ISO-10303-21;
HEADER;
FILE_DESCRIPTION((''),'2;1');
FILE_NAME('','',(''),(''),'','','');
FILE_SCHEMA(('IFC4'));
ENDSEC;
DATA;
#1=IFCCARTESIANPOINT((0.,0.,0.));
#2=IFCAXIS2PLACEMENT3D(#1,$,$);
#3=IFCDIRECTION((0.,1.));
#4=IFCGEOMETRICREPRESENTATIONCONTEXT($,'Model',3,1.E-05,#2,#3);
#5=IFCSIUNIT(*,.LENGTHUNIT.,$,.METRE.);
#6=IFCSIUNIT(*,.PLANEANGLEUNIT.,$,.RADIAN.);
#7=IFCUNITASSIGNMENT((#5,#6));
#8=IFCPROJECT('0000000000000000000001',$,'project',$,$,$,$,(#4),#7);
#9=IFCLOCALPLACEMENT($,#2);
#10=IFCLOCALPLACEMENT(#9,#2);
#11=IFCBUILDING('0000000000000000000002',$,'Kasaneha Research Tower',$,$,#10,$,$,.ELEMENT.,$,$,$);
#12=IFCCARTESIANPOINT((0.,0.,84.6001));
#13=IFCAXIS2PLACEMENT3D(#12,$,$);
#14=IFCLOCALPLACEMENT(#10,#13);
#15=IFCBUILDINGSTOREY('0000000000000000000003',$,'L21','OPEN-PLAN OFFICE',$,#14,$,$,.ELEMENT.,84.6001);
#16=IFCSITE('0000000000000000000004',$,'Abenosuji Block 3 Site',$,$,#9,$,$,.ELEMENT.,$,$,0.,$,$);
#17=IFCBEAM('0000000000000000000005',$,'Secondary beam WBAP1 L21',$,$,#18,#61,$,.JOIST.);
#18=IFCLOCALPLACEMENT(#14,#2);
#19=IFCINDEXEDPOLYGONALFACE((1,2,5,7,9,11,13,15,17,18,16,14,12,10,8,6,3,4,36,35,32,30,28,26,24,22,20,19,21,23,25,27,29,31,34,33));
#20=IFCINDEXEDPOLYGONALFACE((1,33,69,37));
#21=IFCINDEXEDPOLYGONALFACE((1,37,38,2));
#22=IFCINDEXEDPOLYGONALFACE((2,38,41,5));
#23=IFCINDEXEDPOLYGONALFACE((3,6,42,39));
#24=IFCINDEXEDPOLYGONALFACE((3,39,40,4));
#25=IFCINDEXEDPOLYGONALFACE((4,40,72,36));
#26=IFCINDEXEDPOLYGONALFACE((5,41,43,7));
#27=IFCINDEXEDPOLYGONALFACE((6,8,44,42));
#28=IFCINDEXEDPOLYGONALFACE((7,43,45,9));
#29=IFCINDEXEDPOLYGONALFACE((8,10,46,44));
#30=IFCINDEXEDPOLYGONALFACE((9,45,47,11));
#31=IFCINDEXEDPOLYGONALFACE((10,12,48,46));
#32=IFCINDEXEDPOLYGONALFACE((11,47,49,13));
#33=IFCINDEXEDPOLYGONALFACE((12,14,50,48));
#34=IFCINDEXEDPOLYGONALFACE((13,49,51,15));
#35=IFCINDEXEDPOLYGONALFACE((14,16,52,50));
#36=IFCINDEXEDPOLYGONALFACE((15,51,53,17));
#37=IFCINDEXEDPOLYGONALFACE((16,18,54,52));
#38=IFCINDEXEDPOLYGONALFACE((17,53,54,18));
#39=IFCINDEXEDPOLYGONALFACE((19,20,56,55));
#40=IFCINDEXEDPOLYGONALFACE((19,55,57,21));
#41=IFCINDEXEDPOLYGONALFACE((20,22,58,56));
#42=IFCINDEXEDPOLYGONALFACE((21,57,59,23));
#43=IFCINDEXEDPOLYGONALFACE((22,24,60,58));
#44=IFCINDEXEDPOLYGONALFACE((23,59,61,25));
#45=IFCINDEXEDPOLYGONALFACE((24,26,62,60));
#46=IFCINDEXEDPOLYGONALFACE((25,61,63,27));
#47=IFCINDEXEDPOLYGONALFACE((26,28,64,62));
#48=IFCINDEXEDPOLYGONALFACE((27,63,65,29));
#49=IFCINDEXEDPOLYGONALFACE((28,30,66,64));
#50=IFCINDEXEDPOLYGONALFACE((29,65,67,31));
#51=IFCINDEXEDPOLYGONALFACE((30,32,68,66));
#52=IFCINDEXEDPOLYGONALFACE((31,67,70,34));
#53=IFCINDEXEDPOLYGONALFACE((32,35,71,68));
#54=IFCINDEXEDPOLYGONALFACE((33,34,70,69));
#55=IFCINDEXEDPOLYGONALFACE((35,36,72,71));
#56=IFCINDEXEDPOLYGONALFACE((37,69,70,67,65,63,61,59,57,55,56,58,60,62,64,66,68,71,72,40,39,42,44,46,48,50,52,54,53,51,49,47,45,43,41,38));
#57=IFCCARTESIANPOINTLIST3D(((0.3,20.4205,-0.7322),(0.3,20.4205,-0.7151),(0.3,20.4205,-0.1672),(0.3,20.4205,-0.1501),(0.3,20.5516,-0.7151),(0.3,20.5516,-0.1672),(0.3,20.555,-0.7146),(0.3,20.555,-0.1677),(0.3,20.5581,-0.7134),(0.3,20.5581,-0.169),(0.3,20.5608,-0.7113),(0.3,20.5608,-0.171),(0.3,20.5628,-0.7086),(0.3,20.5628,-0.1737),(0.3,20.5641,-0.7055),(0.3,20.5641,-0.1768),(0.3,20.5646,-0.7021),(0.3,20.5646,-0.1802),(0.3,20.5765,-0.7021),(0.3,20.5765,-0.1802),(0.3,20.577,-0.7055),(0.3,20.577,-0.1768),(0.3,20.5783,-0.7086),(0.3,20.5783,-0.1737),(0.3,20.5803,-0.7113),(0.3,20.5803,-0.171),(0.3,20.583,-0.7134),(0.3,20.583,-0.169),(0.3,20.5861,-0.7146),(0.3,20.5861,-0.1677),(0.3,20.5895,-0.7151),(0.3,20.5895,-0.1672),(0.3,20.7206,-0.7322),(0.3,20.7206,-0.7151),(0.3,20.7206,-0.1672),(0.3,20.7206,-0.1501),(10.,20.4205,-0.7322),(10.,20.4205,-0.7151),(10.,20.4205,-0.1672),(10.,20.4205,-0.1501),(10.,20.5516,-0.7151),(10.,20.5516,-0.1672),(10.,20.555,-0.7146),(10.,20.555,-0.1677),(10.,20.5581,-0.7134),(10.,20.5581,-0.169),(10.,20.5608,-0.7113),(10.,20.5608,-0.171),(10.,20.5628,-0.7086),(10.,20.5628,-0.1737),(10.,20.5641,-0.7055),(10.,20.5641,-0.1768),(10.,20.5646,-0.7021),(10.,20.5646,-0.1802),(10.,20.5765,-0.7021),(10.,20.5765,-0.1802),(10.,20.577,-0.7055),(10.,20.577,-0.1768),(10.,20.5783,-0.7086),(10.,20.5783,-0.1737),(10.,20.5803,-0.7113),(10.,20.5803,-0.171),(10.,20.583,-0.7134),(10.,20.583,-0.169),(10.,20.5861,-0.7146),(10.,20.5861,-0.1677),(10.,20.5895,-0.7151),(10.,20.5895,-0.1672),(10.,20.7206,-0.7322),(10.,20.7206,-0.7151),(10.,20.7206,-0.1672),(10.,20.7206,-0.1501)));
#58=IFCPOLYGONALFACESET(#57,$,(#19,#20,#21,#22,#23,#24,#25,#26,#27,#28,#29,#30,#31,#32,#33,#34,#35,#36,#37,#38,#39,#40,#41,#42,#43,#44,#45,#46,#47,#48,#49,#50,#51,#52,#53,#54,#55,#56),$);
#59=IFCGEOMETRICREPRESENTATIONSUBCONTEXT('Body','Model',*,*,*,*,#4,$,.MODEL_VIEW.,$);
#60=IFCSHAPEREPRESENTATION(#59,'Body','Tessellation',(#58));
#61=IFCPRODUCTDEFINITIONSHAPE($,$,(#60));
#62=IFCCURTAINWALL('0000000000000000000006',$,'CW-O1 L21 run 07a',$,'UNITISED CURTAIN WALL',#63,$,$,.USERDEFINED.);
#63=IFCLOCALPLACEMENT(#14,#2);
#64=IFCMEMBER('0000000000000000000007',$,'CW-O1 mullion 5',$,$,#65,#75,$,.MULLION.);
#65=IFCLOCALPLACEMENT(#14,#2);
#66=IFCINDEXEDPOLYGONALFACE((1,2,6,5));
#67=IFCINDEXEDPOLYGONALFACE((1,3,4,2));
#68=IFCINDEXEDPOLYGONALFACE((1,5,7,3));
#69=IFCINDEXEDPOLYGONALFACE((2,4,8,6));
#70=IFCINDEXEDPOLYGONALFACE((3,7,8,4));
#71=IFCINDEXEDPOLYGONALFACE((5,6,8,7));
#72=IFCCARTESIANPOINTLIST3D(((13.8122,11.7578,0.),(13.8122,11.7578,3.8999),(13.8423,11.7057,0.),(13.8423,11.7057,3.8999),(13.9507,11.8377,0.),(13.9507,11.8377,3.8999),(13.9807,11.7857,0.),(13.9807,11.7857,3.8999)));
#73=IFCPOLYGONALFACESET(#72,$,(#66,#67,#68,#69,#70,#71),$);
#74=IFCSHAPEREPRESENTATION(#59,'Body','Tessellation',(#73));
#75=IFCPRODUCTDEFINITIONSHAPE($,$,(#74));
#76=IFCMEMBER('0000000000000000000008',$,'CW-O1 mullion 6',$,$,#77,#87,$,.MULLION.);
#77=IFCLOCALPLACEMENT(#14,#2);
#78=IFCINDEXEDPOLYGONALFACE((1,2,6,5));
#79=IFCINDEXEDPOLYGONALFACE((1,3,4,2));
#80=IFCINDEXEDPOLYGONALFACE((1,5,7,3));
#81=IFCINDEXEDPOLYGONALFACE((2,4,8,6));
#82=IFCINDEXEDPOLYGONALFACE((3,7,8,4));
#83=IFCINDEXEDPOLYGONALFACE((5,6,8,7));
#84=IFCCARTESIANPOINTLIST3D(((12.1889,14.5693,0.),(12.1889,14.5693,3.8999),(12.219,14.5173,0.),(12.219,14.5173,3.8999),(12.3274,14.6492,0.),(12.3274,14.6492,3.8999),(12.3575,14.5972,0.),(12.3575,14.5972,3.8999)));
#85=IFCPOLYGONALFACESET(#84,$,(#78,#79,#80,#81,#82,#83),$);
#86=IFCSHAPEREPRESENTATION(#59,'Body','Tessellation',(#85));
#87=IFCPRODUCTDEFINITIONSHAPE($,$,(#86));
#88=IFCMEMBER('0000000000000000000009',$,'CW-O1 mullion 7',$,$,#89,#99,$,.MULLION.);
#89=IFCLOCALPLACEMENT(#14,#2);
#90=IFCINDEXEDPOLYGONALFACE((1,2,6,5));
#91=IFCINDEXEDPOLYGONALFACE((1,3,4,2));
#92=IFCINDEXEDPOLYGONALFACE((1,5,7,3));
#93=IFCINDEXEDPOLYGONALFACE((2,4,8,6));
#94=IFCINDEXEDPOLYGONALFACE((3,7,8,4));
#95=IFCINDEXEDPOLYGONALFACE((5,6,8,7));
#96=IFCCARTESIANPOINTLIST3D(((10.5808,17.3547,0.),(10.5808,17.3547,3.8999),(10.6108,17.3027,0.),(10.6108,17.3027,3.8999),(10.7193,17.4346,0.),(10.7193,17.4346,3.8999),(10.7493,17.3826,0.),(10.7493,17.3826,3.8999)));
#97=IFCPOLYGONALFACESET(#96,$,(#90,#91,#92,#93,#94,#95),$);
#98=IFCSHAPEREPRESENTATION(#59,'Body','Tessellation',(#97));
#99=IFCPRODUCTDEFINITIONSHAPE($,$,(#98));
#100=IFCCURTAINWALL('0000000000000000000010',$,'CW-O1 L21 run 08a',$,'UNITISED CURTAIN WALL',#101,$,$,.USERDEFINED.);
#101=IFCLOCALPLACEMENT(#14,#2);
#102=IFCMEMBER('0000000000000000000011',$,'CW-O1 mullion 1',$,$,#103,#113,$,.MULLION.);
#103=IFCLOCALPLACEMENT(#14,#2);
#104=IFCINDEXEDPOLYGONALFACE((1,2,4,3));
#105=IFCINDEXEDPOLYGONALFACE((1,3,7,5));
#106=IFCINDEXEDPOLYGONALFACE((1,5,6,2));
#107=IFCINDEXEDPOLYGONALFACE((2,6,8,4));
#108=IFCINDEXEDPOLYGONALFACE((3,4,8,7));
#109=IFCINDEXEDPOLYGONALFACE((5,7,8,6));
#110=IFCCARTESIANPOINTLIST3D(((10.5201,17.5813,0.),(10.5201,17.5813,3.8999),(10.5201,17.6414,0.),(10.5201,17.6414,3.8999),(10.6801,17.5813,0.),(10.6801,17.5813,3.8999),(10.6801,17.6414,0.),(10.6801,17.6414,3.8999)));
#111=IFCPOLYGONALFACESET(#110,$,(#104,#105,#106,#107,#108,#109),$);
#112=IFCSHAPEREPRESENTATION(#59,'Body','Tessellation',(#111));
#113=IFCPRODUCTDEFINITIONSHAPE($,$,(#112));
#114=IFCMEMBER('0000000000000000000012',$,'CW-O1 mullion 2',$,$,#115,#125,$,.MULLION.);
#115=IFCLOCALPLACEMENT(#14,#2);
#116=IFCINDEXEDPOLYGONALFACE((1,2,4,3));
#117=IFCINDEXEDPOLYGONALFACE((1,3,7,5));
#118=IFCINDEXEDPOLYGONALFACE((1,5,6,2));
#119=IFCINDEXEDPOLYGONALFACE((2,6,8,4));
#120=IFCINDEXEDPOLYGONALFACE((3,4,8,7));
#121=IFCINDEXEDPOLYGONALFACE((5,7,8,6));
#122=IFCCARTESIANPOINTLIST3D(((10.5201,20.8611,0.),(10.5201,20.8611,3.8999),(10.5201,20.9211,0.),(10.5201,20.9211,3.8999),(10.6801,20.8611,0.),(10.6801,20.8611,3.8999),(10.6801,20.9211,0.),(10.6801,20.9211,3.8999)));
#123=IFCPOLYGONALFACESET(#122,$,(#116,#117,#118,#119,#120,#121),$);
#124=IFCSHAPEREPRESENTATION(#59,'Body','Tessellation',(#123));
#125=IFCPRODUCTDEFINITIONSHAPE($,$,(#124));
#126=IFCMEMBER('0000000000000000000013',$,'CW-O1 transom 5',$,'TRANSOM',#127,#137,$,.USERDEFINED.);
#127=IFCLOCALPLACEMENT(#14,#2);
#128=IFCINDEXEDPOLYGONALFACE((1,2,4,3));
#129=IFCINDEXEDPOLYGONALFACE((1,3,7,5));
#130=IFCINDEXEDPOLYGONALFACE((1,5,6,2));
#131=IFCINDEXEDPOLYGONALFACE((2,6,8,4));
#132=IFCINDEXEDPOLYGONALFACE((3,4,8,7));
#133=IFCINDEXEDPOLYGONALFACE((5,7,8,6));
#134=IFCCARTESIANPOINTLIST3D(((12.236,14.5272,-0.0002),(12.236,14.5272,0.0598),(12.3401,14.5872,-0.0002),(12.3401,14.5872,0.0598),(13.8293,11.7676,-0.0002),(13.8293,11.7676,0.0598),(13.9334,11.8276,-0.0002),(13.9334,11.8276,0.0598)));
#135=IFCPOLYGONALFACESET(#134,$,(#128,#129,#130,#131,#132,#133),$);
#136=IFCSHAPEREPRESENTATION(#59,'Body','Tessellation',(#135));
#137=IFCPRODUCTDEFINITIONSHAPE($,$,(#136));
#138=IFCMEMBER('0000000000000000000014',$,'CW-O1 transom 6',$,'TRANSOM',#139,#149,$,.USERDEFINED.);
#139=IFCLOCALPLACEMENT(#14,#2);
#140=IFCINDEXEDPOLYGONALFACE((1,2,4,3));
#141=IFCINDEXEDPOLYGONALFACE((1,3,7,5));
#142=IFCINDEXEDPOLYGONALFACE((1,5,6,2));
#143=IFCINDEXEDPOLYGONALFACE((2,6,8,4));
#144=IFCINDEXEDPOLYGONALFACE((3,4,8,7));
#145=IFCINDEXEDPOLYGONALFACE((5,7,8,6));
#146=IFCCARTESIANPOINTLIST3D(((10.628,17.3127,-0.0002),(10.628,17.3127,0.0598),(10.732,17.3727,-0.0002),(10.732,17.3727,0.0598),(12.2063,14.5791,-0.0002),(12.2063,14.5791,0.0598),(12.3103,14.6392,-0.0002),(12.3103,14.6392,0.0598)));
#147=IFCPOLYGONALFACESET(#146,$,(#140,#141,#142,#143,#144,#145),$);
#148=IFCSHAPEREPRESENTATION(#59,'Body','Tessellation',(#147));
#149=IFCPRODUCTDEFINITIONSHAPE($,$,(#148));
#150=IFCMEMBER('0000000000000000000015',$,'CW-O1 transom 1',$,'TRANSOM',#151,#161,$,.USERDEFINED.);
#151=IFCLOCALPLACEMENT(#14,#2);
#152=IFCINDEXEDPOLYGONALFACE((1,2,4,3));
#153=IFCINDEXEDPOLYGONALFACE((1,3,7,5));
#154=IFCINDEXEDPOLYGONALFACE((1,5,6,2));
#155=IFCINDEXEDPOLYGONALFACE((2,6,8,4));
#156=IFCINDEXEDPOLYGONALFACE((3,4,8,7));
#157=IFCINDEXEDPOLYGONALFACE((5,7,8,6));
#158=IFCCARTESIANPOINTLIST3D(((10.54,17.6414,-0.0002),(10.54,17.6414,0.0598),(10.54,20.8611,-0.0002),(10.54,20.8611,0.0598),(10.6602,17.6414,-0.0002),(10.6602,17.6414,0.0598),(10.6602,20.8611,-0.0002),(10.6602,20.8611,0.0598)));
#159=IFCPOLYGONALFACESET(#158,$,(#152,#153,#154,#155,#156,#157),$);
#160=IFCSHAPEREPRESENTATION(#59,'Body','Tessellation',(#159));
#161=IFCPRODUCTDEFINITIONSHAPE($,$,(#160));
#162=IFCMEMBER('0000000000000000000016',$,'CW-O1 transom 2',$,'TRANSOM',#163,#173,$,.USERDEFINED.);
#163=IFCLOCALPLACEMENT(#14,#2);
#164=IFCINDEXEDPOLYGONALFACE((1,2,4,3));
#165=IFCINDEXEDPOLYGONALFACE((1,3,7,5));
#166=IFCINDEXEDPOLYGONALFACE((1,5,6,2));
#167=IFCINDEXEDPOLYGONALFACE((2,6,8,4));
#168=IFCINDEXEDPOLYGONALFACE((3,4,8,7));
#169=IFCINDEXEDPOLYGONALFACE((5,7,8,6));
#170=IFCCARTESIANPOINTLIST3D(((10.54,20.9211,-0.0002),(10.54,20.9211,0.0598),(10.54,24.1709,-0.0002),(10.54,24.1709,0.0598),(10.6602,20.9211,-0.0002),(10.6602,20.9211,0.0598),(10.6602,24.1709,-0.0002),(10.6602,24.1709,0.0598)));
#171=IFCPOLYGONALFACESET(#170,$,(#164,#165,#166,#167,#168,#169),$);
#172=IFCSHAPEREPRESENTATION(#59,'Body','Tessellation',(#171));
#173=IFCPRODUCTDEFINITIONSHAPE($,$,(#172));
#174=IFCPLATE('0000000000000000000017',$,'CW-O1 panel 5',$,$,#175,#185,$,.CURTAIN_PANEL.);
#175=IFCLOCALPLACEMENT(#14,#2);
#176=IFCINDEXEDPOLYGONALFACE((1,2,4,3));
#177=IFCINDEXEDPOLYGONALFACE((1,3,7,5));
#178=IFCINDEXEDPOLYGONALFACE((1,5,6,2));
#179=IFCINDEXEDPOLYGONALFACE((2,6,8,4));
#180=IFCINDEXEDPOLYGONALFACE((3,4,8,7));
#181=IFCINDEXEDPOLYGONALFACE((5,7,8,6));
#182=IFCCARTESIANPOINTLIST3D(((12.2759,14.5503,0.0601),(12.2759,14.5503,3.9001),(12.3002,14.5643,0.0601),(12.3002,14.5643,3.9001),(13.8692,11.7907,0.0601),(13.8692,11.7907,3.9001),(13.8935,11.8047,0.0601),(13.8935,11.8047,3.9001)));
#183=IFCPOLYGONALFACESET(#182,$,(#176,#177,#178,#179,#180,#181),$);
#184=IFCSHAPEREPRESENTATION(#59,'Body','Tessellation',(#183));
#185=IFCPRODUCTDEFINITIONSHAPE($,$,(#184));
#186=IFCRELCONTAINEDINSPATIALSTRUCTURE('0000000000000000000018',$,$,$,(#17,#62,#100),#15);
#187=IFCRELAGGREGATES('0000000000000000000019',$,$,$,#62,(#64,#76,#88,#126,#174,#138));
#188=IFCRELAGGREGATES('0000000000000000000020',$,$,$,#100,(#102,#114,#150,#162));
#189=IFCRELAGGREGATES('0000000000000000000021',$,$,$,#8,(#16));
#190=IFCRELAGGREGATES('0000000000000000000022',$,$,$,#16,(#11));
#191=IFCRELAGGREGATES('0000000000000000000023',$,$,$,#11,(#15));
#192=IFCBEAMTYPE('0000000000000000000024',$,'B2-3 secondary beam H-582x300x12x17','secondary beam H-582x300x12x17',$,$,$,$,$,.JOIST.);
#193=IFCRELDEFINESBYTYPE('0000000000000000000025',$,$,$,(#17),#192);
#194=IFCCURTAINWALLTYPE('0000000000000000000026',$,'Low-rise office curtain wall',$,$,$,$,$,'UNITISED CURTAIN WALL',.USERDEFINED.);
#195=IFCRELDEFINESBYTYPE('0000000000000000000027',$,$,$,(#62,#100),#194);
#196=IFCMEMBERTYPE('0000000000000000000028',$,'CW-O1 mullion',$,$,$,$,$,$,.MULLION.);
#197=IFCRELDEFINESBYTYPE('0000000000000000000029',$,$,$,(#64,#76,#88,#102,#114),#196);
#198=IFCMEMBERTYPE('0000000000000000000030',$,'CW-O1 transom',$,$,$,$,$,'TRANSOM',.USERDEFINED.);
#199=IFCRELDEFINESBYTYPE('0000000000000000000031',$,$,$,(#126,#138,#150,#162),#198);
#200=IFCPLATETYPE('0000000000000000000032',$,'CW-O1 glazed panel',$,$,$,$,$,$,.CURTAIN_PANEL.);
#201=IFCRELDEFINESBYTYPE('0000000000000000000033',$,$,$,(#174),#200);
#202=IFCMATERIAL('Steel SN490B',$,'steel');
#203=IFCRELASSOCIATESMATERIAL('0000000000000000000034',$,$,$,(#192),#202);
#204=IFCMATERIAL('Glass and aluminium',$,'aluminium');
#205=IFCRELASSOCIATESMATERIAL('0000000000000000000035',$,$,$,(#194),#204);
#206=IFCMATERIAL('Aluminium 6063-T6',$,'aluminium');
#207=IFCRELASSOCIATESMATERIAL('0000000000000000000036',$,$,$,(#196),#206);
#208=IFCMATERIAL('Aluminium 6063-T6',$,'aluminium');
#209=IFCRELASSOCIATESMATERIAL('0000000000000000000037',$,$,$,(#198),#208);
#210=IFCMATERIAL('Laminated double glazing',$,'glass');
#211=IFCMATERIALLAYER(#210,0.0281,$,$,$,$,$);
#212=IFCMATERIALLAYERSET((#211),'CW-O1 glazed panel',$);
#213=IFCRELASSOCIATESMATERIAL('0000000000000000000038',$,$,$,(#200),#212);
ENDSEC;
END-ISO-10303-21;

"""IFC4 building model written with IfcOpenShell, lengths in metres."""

from ifc_helpers import new_model, si_unit, direction, frame, origin, origin_2d, place, context, subcontext, project, spatial, rectangle, i_section, extrude, material, layer, layer_set, material_profile, profile_set, type_object, element, aggregate, save


model = new_model("IFC4")

# Units and contexts
model_context = context("Model", 3, precision=1e-05, world=origin(), true_north=direction((0.0, 1.0)))
body_context = subcontext(model_context, "Body", "Model", "MODEL_VIEW")
ifc_project = project(units=[si_unit("LENGTHUNIT", "METRE"), si_unit("PLANEANGLEUNIT", "RADIAN")], contexts=[model_context])

# Site, building, storey
site_placement = place(None, origin())
site = spatial("IfcSite", under=ifc_project, at=site_placement, Name="Abenosuji Block 3 Site", CompositionType="ELEMENT", RefElevation=0.0)
building_placement = place(site_placement, origin())
building = spatial("IfcBuilding", under=site, at=building_placement, Name="Kasaneha Research Tower", CompositionType="ELEMENT")
storey_placement = place(building_placement, frame((0.0, 0.0, 84.6001)))
storey = spatial("IfcBuildingStorey", under=building, at=storey_placement, Name="L21", Description="OPEN-PLAN OFFICE", CompositionType="ELEMENT", Elevation=84.6001)

# Beam
ifc_material_1 = material(Name="Steel SN490B", Category="steel")
ifc_material_profile_1 = material_profile(ifc_material_1, i_section(OverallWidth=0.3, OverallDepth=0.582, WebThickness=0.012, FlangeThickness=0.0171, FilletRadius=0.0129, at=origin_2d()), Name="H-582x300x12x17")
ifc_profile_set_1 = profile_set([ifc_material_profile_1], Name="Steel SN490B")
beam_type = type_object("IfcBeamType", Name="B2-3 secondary beam H-582x300x12x17", Description="secondary beam H-582x300x12x17", PredefinedType="JOIST", material=ifc_profile_set_1)
beam_placement = place(storey_placement, frame((10.0, 20.5706, -0.4412), z_axis=(-1.0, 0.0, 0.0), x_axis=(0.0, -1.0, 0.0)))
element("IfcBeam", 1, at=beam_placement, inside=storey, type_object=beam_type, Name="Secondary beam WBAP1 L21", PredefinedType="JOIST", context=body_context, shape_type="SweptSolid", body=[
    extrude(i_section(OverallWidth=0.3, OverallDepth=0.582, WebThickness=0.012, FlangeThickness=0.0171, FilletRadius=0.0129, at=origin_2d()), origin(), (0.0, 0.0, 1.0), 9.7),
])

# Curtain walls, members
ifc_material_2 = material(Name="Glass and aluminium", Category="aluminium")
curtain_wall_type = type_object("IfcCurtainWallType", Name="Low-rise office curtain wall", ElementType="UNITISED CURTAIN WALL", PredefinedType="USERDEFINED", material=ifc_material_2)
curtain_wall_1_placement = place(storey_placement, origin())
curtain_wall_1 = element("IfcCurtainWall", 2, at=curtain_wall_1_placement, inside=storey, type_object=curtain_wall_type, Name="CW-O1 L21 run 07a", ObjectType="UNITISED CURTAIN WALL", PredefinedType="USERDEFINED")
ifc_material_3 = material(Name="Aluminium 6063-T6", Category="aluminium")
ifc_material_profile_2 = material_profile(ifc_material_3, rectangle(XDim=0.0601, YDim=0.1599, at=origin_2d()), Name="CW-O1 mullion 60x160")
ifc_profile_set_2 = profile_set([ifc_material_profile_2], Name="Aluminium 6063-T6")
member_type_1 = type_object("IfcMemberType", Name="CW-O1 mullion", PredefinedType="MULLION", material=ifc_profile_set_2)
member_1_placement = place(storey_placement, frame((13.8965, 11.7717, 0.0), z_axis=(0.0, 0.0, 1.0), x_axis=(-0.5, 0.866025, 0.0)))
member_1 = element("IfcMember", 3, at=member_1_placement, type_object=member_type_1, Name="CW-O1 mullion 5", PredefinedType="MULLION", context=body_context, shape_type="SweptSolid", body=[
    extrude(rectangle(XDim=0.0601, YDim=0.1599, at=origin_2d()), origin(), (0.0, 0.0, 1.0), 3.8999),
])
member_2_placement = place(storey_placement, frame((12.2732, 14.5833, 0.0), z_axis=(0.0, 0.0, 1.0), x_axis=(-0.5, 0.866025, 0.0)))
member_2 = element("IfcMember", 4, at=member_2_placement, type_object=member_type_1, Name="CW-O1 mullion 6", PredefinedType="MULLION", context=body_context, shape_type="SweptSolid", body=[
    extrude(rectangle(XDim=0.0601, YDim=0.1599, at=origin_2d()), origin(), (0.0, 0.0, 1.0), 3.8999),
])
member_3_placement = place(storey_placement, frame((10.665, 17.3687, 0.0), z_axis=(0.0, 0.0, 1.0), x_axis=(-0.5, 0.866025, 0.0)))
member_3 = element("IfcMember", 5, at=member_3_placement, type_object=member_type_1, Name="CW-O1 mullion 7", PredefinedType="MULLION", context=body_context, shape_type="SweptSolid", body=[
    extrude(rectangle(XDim=0.0601, YDim=0.1599, at=origin_2d()), origin(), (0.0, 0.0, 1.0), 3.8999),
])
curtain_wall_2_placement = place(storey_placement, origin())
curtain_wall_2 = element("IfcCurtainWall", 6, at=curtain_wall_2_placement, inside=storey, type_object=curtain_wall_type, Name="CW-O1 L21 run 08a", ObjectType="UNITISED CURTAIN WALL", PredefinedType="USERDEFINED")
member_4_placement = place(storey_placement, frame((10.6001, 17.6113, 0.0), z_axis=(0.0, 0.0, 1.0), x_axis=(0.0, 1.0, 0.0)))
member_4 = element("IfcMember", 7, at=member_4_placement, type_object=member_type_1, Name="CW-O1 mullion 1", PredefinedType="MULLION", context=body_context, shape_type="SweptSolid", body=[
    extrude(rectangle(XDim=0.0601, YDim=0.1599, at=origin_2d()), origin(), (0.0, 0.0, 1.0), 3.8999),
])
member_5_placement = place(storey_placement, frame((10.6001, 20.8911, 0.0), z_axis=(0.0, 0.0, 1.0), x_axis=(0.0, 1.0, 0.0)))
member_5 = element("IfcMember", 8, at=member_5_placement, type_object=member_type_1, Name="CW-O1 mullion 2", PredefinedType="MULLION", context=body_context, shape_type="SweptSolid", body=[
    extrude(rectangle(XDim=0.0601, YDim=0.1599, at=origin_2d()), origin(), (0.0, 0.0, 1.0), 3.8999),
])

# Members
ifc_material_4 = material(Name="Aluminium 6063-T6", Category="aluminium")
ifc_material_profile_3 = material_profile(ifc_material_4, rectangle(XDim=0.1201, YDim=0.0601, at=origin_2d()), Name="CW-O1 transom 120x60")
ifc_profile_set_3 = profile_set([ifc_material_profile_3], Name="Aluminium 6063-T6")
member_type_2 = type_object("IfcMemberType", Name="CW-O1 transom", ElementType="TRANSOM", PredefinedType="USERDEFINED", material=ifc_profile_set_3)
member_6_placement = place(storey_placement, frame((13.8813, 11.7976, 0.0298), z_axis=(-0.500012, 0.866018, 0.0), x_axis=(-0.866018, -0.500012, 0.0)))
member_6 = element("IfcMember", 9, at=member_6_placement, type_object=member_type_2, Name="CW-O1 transom 5", ObjectType="TRANSOM", PredefinedType="USERDEFINED", context=body_context, shape_type="SweptSolid", body=[
    extrude(rectangle(XDim=0.1201, YDim=0.0601, at=origin_2d()), origin(), (0.0, 0.0, 1.0), 3.1865),
])
member_7_placement = place(storey_placement, frame((12.2583, 14.6091, 0.0298), z_axis=(-0.500024, 0.866012, 0.0), x_axis=(-0.866012, -0.500024, 0.0)))
member_7 = element("IfcMember", 10, at=member_7_placement, type_object=member_type_2, Name="CW-O1 transom 6", ObjectType="TRANSOM", PredefinedType="USERDEFINED", context=body_context, shape_type="SweptSolid", body=[
    extrude(rectangle(XDim=0.1201, YDim=0.0601, at=origin_2d()), origin(), (0.0, 0.0, 1.0), 3.1565),
])
member_8_placement = place(storey_placement, frame((10.6001, 17.6414, 0.0298), z_axis=(0.0, 1.0, 0.0), x_axis=(-1.0, 0.0, 0.0)))
member_8 = element("IfcMember", 11, at=member_8_placement, type_object=member_type_2, Name="CW-O1 transom 1", ObjectType="TRANSOM", PredefinedType="USERDEFINED", context=body_context, shape_type="SweptSolid", body=[
    extrude(rectangle(XDim=0.1201, YDim=0.0601, at=origin_2d()), origin(), (0.0, 0.0, 1.0), 3.2197),
])
member_9_placement = place(storey_placement, frame((10.6001, 20.9211, 0.0298), z_axis=(0.0, 1.0, 0.0), x_axis=(-1.0, 0.0, 0.0)))
member_9 = element("IfcMember", 12, at=member_9_placement, type_object=member_type_2, Name="CW-O1 transom 2", ObjectType="TRANSOM", PredefinedType="USERDEFINED", context=body_context, shape_type="SweptSolid", body=[
    extrude(rectangle(XDim=0.1201, YDim=0.0601, at=origin_2d()), origin(), (0.0, 0.0, 1.0), 3.2498),
])

# Plate
ifc_material_5 = material(Name="Laminated double glazing", Category="glass")
ifc_layer_1 = layer(ifc_material_5, 0.0281)
ifc_layer_set_1 = layer_set([ifc_layer_1], Name="CW-O1 glazed panel")
plate_type = type_object("IfcPlateType", Name="CW-O1 glazed panel", PredefinedType="CURTAIN_PANEL", material=ifc_layer_set_1)
plate_1_placement = place(storey_placement, frame((13.0847, 13.1775, 0.0601), z_axis=(0.0, 0.0, 1.0), x_axis=(-0.5, 0.866025, 0.0)))
plate_1 = element("IfcPlate", 13, at=plate_1_placement, type_object=plate_type, Name="CW-O1 panel 5", PredefinedType="CURTAIN_PANEL", context=body_context, shape_type="SweptSolid", body=[
    extrude(rectangle(XDim=3.1865, YDim=0.0281, at=origin_2d()), origin(), (0.0, 0.0, 1.0), 3.8401),
])
aggregate(curtain_wall_1, [member_1, member_2, member_3, member_6, plate_1, member_7])
aggregate(curtain_wall_2, [member_4, member_5, member_8, member_9])

save(model, "model.ifc")
